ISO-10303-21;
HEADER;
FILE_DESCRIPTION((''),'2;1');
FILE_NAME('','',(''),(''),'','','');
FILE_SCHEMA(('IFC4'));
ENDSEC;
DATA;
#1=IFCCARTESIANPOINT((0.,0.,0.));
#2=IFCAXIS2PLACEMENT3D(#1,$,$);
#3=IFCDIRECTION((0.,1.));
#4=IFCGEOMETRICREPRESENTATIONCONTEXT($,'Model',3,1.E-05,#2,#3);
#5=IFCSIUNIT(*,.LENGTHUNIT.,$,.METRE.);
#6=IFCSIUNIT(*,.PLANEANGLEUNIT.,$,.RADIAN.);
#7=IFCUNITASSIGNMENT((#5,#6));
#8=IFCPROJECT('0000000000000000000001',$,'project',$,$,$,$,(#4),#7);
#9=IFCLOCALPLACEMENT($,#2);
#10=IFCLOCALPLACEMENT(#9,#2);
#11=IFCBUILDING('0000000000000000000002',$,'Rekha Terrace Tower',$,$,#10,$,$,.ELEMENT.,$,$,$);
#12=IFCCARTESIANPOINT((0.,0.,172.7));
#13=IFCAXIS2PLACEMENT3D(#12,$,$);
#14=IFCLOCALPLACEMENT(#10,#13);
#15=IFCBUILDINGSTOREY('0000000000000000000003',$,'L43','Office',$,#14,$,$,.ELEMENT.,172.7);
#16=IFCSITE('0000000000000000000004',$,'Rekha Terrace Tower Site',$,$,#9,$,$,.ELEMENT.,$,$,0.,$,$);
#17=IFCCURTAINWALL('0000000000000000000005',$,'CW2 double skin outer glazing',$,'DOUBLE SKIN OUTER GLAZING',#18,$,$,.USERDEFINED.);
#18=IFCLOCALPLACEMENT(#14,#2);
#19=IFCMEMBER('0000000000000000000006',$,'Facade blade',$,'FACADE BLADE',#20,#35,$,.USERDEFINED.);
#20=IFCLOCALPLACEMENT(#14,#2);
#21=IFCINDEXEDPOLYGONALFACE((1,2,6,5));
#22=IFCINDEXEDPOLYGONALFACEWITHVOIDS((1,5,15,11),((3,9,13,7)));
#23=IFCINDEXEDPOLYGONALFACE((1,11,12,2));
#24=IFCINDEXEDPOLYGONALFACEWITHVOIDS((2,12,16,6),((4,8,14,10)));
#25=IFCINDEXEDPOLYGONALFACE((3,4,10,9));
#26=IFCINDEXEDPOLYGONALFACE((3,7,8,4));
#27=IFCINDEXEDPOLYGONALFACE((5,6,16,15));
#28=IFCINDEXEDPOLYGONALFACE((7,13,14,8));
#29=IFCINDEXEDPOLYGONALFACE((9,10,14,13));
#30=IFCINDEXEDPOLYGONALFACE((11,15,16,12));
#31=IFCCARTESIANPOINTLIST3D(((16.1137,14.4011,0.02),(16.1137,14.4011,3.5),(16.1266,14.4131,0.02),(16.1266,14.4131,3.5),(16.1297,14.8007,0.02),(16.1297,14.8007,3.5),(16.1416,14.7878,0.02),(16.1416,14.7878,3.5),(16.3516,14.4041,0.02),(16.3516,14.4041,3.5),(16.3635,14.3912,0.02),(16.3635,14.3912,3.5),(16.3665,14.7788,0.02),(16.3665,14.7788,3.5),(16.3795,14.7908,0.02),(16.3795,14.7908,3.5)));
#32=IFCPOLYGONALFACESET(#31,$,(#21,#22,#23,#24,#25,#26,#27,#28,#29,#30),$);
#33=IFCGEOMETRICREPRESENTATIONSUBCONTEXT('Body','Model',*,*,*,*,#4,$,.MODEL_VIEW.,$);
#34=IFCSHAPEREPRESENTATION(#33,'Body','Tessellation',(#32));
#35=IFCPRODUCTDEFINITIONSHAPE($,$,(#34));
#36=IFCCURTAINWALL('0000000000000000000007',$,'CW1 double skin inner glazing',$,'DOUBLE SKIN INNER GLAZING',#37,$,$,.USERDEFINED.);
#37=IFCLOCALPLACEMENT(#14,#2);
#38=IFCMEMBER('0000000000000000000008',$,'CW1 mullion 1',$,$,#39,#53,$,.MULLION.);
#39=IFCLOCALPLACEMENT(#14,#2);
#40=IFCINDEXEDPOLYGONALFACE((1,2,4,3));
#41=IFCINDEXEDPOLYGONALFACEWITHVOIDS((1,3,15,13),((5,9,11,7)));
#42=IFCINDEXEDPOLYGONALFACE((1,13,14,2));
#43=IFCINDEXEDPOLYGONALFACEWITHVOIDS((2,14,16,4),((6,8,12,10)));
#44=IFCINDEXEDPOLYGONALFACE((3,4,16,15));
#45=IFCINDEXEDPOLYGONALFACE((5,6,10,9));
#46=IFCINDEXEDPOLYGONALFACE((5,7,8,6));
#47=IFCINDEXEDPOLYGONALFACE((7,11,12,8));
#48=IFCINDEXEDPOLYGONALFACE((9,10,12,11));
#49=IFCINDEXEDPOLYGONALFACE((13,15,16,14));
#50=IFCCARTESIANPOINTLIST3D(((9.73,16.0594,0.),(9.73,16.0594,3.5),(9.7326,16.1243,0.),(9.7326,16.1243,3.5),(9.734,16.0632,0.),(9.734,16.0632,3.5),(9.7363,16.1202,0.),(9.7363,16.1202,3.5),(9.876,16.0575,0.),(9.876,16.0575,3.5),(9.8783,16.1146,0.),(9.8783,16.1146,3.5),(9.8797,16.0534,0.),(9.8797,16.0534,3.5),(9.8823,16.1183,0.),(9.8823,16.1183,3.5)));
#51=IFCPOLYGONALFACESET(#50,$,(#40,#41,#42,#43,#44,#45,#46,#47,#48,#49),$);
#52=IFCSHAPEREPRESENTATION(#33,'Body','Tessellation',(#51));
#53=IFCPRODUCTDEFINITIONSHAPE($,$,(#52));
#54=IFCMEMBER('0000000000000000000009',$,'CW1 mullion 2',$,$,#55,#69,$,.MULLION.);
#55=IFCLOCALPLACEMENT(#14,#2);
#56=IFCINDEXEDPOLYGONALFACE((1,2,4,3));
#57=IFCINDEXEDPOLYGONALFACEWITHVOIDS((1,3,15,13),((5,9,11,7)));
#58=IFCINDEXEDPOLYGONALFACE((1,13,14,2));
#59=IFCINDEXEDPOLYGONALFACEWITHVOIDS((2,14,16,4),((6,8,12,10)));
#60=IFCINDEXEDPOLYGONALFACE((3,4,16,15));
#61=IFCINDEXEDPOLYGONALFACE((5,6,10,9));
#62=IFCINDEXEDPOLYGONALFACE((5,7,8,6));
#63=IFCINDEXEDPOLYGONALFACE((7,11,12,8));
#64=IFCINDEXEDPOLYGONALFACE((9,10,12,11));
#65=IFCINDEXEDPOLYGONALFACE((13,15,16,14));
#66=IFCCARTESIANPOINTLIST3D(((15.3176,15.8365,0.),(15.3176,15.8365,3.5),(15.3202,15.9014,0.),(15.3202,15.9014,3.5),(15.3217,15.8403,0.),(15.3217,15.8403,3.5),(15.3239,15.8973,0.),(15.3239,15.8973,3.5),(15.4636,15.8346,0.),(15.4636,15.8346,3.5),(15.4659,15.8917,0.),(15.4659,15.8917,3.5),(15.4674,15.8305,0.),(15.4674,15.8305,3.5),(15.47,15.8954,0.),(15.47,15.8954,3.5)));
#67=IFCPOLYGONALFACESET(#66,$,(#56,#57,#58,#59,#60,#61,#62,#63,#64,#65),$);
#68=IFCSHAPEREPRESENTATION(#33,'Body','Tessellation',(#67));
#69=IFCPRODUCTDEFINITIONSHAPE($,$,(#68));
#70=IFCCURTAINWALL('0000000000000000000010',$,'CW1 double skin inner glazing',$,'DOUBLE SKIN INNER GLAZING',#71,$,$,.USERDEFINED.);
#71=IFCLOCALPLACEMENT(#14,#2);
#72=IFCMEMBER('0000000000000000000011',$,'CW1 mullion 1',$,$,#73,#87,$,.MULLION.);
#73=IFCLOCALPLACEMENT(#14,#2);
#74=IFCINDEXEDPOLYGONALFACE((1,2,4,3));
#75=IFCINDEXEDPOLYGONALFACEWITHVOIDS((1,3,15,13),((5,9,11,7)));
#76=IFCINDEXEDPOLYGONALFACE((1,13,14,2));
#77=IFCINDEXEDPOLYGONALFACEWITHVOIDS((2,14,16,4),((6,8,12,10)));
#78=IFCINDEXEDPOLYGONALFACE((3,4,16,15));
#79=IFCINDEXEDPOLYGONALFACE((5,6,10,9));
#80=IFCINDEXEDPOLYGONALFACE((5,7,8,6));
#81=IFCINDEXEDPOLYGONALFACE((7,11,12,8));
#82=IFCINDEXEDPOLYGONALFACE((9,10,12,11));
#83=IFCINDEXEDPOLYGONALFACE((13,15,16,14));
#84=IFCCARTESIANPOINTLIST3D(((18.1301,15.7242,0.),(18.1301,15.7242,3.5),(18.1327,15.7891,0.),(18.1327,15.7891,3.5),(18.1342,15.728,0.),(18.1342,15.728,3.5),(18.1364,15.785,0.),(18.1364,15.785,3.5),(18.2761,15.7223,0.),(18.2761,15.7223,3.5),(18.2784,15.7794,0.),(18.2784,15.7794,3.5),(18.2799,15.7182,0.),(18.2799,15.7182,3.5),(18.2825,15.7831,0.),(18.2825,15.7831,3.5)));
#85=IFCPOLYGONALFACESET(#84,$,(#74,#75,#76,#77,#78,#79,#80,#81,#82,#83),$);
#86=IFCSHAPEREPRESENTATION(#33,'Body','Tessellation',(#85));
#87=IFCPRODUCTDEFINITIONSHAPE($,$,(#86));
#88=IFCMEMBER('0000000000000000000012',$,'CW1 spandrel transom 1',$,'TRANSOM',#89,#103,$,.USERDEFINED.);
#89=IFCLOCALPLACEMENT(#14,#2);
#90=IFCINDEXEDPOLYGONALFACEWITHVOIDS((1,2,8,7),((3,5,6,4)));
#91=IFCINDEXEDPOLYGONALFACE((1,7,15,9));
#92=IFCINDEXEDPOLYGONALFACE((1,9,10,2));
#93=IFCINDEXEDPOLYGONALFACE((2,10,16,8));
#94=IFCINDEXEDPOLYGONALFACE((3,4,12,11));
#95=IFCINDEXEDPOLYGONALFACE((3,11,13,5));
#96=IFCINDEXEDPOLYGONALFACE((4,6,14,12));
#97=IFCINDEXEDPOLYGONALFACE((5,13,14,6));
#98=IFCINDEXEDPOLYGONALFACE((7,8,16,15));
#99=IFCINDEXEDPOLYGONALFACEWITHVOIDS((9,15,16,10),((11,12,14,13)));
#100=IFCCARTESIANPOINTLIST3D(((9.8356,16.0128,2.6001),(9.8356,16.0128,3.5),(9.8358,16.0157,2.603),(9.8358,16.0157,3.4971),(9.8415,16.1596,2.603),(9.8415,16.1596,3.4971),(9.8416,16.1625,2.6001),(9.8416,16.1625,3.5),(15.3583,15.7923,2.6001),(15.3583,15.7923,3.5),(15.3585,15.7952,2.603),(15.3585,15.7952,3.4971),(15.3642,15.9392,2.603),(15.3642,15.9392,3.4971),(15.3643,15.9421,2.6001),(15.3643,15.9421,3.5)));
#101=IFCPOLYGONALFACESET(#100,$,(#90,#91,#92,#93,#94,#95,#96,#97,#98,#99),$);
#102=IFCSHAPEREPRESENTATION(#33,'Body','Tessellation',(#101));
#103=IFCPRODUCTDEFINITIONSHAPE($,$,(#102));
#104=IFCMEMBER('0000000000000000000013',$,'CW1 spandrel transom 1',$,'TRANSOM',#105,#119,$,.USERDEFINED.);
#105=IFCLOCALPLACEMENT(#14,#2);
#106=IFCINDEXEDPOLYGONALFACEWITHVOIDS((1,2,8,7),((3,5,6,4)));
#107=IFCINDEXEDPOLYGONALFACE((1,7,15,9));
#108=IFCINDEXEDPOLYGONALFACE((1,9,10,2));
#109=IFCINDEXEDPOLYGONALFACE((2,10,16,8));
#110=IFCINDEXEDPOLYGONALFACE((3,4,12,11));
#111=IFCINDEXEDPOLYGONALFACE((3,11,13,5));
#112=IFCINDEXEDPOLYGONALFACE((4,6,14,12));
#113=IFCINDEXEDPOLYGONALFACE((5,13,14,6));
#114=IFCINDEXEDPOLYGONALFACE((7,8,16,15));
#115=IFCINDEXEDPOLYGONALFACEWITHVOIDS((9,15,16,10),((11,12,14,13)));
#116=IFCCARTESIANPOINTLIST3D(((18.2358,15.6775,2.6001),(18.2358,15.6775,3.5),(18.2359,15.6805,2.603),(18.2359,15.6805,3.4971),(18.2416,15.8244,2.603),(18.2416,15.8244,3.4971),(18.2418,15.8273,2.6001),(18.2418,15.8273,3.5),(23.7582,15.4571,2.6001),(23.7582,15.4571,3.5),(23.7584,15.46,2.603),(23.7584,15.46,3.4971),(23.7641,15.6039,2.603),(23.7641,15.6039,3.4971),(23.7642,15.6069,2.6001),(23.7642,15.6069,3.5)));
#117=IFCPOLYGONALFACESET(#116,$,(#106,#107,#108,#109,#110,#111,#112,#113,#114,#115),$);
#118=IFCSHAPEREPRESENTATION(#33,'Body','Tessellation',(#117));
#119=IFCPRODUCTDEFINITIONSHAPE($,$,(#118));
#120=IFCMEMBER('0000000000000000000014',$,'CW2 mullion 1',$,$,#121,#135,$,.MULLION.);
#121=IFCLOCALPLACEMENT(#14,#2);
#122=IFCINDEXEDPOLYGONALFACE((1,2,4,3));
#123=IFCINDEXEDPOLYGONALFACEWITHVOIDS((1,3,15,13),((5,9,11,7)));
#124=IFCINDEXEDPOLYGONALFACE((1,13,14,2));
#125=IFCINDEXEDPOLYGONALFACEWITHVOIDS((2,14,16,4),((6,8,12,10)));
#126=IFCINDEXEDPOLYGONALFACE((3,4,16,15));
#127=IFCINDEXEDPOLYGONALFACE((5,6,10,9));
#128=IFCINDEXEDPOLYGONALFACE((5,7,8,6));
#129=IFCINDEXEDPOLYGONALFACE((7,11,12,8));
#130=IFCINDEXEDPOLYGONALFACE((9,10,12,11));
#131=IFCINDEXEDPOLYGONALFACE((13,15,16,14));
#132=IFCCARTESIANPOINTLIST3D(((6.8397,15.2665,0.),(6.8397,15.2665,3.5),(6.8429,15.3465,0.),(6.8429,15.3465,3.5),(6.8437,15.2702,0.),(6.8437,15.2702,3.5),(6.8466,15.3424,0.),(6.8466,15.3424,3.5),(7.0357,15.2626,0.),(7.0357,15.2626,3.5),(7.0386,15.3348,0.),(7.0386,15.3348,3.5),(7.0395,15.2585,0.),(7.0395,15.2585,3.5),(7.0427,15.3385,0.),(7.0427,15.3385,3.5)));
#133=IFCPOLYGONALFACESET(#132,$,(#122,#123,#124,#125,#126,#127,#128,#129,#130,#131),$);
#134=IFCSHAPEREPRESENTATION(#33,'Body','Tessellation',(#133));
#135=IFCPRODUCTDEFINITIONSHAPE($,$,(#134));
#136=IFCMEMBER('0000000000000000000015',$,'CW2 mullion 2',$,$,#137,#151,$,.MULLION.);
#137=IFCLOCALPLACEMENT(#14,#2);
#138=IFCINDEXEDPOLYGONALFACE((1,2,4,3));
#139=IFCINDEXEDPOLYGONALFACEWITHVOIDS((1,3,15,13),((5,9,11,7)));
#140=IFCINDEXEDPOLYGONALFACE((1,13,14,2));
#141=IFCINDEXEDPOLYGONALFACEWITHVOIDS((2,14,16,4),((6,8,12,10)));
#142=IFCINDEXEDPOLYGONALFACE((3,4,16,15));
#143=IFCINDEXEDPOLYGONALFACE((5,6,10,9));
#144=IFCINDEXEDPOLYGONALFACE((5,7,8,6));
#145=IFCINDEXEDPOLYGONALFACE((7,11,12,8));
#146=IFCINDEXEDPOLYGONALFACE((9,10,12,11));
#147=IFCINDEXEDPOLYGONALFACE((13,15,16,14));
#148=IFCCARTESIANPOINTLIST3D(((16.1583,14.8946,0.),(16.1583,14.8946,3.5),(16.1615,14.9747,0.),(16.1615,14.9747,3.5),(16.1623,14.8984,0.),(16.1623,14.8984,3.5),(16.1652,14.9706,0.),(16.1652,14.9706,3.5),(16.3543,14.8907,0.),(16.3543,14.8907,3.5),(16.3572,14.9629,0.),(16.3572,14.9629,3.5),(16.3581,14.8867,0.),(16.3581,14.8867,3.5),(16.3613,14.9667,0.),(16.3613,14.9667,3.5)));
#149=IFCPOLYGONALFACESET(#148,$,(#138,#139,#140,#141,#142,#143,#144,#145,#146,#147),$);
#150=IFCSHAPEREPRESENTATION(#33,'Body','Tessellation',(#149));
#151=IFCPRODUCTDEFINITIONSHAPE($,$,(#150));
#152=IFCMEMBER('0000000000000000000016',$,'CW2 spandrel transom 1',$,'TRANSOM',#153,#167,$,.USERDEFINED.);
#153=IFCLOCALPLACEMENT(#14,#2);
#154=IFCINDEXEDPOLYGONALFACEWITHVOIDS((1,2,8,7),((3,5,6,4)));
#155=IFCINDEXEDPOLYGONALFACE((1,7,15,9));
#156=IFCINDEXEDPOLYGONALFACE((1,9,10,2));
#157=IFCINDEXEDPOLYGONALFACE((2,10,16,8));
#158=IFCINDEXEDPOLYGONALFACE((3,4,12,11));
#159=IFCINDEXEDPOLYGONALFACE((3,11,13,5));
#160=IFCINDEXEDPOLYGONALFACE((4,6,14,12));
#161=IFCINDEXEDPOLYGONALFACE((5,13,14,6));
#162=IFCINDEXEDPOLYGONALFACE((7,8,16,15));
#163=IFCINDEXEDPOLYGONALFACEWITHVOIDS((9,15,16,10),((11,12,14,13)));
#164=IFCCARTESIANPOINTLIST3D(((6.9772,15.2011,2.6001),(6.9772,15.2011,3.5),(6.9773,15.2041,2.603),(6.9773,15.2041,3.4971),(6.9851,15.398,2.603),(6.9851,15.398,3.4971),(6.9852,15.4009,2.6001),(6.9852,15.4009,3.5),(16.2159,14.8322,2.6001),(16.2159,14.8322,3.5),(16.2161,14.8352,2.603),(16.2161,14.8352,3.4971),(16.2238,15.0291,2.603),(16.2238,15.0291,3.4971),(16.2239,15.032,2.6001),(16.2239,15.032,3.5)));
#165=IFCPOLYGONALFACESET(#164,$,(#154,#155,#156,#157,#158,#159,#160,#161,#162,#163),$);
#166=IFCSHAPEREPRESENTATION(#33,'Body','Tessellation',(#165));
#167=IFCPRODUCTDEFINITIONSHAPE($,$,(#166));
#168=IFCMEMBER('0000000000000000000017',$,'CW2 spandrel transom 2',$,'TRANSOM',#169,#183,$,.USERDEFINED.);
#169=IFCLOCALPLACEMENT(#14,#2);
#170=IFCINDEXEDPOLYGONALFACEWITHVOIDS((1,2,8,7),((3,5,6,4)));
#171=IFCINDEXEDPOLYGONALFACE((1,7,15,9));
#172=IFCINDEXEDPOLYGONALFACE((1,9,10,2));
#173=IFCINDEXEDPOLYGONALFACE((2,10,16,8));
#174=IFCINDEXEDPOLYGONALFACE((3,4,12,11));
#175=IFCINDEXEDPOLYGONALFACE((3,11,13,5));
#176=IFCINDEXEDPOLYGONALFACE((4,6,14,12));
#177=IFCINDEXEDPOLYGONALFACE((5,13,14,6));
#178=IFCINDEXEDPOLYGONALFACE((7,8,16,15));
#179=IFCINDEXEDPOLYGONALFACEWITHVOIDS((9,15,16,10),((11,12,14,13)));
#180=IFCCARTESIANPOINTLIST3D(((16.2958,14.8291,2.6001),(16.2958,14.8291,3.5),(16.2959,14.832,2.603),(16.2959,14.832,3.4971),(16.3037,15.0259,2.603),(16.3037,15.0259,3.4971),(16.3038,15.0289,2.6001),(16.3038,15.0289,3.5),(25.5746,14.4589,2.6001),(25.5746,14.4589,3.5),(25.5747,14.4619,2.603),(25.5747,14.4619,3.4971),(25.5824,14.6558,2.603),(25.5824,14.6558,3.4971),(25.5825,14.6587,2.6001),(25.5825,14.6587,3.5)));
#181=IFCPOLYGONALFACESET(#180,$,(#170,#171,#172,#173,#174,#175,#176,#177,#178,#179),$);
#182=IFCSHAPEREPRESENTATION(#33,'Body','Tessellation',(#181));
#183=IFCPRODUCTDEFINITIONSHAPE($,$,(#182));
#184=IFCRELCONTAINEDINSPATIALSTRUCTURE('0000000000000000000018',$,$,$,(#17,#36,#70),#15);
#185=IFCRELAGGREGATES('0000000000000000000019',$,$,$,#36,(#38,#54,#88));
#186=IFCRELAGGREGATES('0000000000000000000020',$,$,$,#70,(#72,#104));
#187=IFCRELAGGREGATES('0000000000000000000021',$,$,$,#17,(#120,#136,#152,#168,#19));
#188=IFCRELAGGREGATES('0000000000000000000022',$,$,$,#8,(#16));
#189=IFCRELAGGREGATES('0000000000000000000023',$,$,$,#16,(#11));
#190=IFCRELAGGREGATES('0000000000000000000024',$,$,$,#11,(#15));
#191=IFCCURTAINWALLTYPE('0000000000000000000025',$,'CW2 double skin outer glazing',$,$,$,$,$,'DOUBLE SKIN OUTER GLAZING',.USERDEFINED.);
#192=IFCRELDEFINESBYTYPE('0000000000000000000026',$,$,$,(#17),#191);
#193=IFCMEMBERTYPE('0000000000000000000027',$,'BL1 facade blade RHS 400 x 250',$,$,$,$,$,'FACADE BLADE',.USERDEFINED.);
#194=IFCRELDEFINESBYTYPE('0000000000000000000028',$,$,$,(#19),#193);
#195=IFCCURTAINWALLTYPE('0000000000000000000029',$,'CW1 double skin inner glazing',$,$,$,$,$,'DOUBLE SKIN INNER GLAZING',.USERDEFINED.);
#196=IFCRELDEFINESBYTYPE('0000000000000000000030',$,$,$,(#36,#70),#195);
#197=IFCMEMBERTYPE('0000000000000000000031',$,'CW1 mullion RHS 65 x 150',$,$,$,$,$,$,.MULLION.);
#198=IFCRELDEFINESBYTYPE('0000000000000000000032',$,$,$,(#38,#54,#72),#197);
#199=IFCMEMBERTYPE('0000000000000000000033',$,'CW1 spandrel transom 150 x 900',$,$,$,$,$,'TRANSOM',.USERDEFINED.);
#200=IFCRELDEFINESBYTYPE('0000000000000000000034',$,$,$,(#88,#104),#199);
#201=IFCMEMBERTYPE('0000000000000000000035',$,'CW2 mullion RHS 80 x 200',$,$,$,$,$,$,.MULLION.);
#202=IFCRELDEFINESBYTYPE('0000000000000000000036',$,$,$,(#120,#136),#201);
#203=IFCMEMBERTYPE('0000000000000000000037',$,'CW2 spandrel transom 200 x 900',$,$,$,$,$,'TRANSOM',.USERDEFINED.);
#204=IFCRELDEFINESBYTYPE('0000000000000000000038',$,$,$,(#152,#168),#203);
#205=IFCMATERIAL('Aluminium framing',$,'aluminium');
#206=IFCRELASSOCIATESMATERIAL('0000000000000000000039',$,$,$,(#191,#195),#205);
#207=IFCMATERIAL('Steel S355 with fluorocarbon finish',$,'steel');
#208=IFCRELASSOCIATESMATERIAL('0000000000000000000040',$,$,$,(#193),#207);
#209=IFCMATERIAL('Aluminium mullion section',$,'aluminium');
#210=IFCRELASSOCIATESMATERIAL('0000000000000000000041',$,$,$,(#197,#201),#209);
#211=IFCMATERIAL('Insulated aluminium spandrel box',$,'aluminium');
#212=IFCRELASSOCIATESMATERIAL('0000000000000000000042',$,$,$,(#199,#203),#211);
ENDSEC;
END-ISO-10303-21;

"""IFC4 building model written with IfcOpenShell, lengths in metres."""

from ifc_helpers import new_model, si_unit, direction, frame, origin, origin_2d, place, context, subcontext, project, spatial, hollow_rectangle, extrude, material, material_profile, profile_set, type_object, element, aggregate, save


model = new_model("IFC4")

# Units and contexts
model_context = context("Model", 3, precision=1e-05, world=origin(), true_north=direction((0.0, 1.0)))
body_context = subcontext(model_context, "Body", "Model", "MODEL_VIEW")
ifc_project = project(units=[si_unit("LENGTHUNIT", "METRE"), si_unit("PLANEANGLEUNIT", "RADIAN")], contexts=[model_context])

# Site, building, storey
site_placement = place(None, origin())
site = spatial("IfcSite", under=ifc_project, at=site_placement, Name="Rekha Terrace Tower Site", CompositionType="ELEMENT", RefElevation=0.0)
building_placement = place(site_placement, origin())
building = spatial("IfcBuilding", under=site, at=building_placement, Name="Rekha Terrace Tower", CompositionType="ELEMENT")
storey_placement = place(building_placement, frame((0.0, 0.0, 172.7)))
storey = spatial("IfcBuildingStorey", under=building, at=storey_placement, Name="L43", Description="Office", CompositionType="ELEMENT", Elevation=172.7)

# Curtain wall, member
ifc_material_1 = material(Name="Aluminium framing", Category="aluminium")
curtain_wall_type_1 = type_object("IfcCurtainWallType", Name="CW2 double skin outer glazing", ElementType="DOUBLE SKIN OUTER GLAZING", PredefinedType="USERDEFINED", material=ifc_material_1)
curtain_wall_1_placement = place(storey_placement, origin())
curtain_wall_1 = element("IfcCurtainWall", 1, at=curtain_wall_1_placement, inside=storey, type_object=curtain_wall_type_1, Name="CW2 double skin outer glazing", ObjectType="DOUBLE SKIN OUTER GLAZING", PredefinedType="USERDEFINED")
ifc_material_2 = material(Name="Steel S355 with fluorocarbon finish", Category="steel")
ifc_material_profile_1 = material_profile(ifc_material_2, hollow_rectangle(XDim=0.25, YDim=0.3999, WallThickness=0.0125, at=origin_2d()), Name="RHS400x250x12.5")
ifc_profile_set_1 = profile_set([ifc_material_profile_1], Name="Steel S355 with fluorocarbon finish")
member_type_1 = type_object("IfcMemberType", Name="BL1 facade blade RHS 400 x 250", ElementType="FACADE BLADE", PredefinedType="USERDEFINED", material=ifc_profile_set_1)
member_1_placement = place(storey_placement, frame((16.2466, 14.5959, 0.02), z_axis=(0.0, 0.0, 1.0), x_axis=(0.999205, -0.039872, 0.0)))
member_1 = element("IfcMember", 2, at=member_1_placement, type_object=member_type_1, Name="Facade blade", ObjectType="FACADE BLADE", PredefinedType="USERDEFINED", context=body_context, shape_type="SweptSolid", body=[
    extrude(hollow_rectangle(XDim=0.25, YDim=0.3999, WallThickness=0.0125, at=origin_2d()), origin(), (0.0, 0.0, 1.0), 3.48),
])

# Curtain wall, members
curtain_wall_type_2 = type_object("IfcCurtainWallType", Name="CW1 double skin inner glazing", ElementType="DOUBLE SKIN INNER GLAZING", PredefinedType="USERDEFINED", material=ifc_material_1)
curtain_wall_2_placement = place(storey_placement, origin())
curtain_wall_2 = element("IfcCurtainWall", 3, at=curtain_wall_2_placement, inside=storey, type_object=curtain_wall_type_2, Name="CW1 double skin inner glazing", ObjectType="DOUBLE SKIN INNER GLAZING", PredefinedType="USERDEFINED")
ifc_material_3 = material(Name="Aluminium mullion section", Category="aluminium")
ifc_material_profile_2 = material_profile(ifc_material_3, hollow_rectangle(XDim=0.0649, YDim=0.1499, WallThickness=0.0039, at=origin_2d()), Name="AL RHS 65x150")
ifc_profile_set_2 = profile_set([ifc_material_profile_2], Name="Aluminium mullion section")
member_type_2 = type_object("IfcMemberType", Name="CW1 mullion RHS 65 x 150", PredefinedType="MULLION", material=ifc_profile_set_2)
member_2_placement = place(storey_placement, frame((9.8062, 16.0889, 0.0), z_axis=(0.0, 0.0, 1.0), x_axis=(0.039872, 0.999205, 0.0)))
member_2 = element("IfcMember", 4, at=member_2_placement, type_object=member_type_2, Name="CW1 mullion 1", PredefinedType="MULLION", context=body_context, shape_type="SweptSolid", body=[
    extrude(hollow_rectangle(XDim=0.0649, YDim=0.1499, WallThickness=0.0039, at=origin_2d()), origin(), (0.0, 0.0, 1.0), 3.5),
])
member_3_placement = place(storey_placement, frame((15.3938, 15.866, 0.0), z_axis=(0.0, 0.0, 1.0), x_axis=(0.039872, 0.999205, 0.0)))
member_3 = element("IfcMember", 5, at=member_3_placement, type_object=member_type_2, Name="CW1 mullion 2", PredefinedType="MULLION", context=body_context, shape_type="SweptSolid", body=[
    extrude(hollow_rectangle(XDim=0.0649, YDim=0.1499, WallThickness=0.0039, at=origin_2d()), origin(), (0.0, 0.0, 1.0), 3.5),
])

# Curtain wall, member
curtain_wall_3_placement = place(storey_placement, origin())
curtain_wall_3 = element("IfcCurtainWall", 6, at=curtain_wall_3_placement, inside=storey, type_object=curtain_wall_type_2, Name="CW1 double skin inner glazing", ObjectType="DOUBLE SKIN INNER GLAZING", PredefinedType="USERDEFINED")
member_4_placement = place(storey_placement, frame((18.2063, 15.7537, 0.0), z_axis=(0.0, 0.0, 1.0), x_axis=(0.039872, 0.999205, 0.0)))
member_4 = element("IfcMember", 7, at=member_4_placement, type_object=member_type_2, Name="CW1 mullion 1", PredefinedType="MULLION", context=body_context, shape_type="SweptSolid", body=[
    extrude(hollow_rectangle(XDim=0.0649, YDim=0.1499, WallThickness=0.0039, at=origin_2d()), origin(), (0.0, 0.0, 1.0), 3.5),
])

# Members
ifc_material_4 = material(Name="Insulated aluminium spandrel box", Category="aluminium")
ifc_material_profile_3 = material_profile(ifc_material_4, hollow_rectangle(XDim=0.1499, YDim=0.8999, WallThickness=0.0029, at=origin_2d()), Name="AL SPANDREL BOX 150x900")
ifc_profile_set_3 = profile_set([ifc_material_profile_3], Name="Insulated aluminium spandrel box")
member_type_3 = type_object("IfcMemberType", Name="CW1 spandrel transom 150 x 900", ElementType="TRANSOM", PredefinedType="USERDEFINED", material=ifc_profile_set_3)
member_5_placement = place(storey_placement, frame((9.8386, 16.0876, 3.05), z_axis=(0.999204, -0.039887, 0.0), x_axis=(0.039887, 0.999204, 0.0)))
member_5 = element("IfcMember", 8, at=member_5_placement, type_object=member_type_3, Name="CW1 spandrel transom 1", ObjectType="TRANSOM", PredefinedType="USERDEFINED", context=body_context, shape_type="SweptSolid", body=[
    extrude(hollow_rectangle(XDim=0.1499, YDim=0.8999, WallThickness=0.0029, at=origin_2d()), origin(), (0.0, 0.0, 1.0), 5.5271),
])
member_6_placement = place(storey_placement, frame((18.2388, 15.7524, 3.05), z_axis=(0.999204, -0.039889, 0.0), x_axis=(0.039889, 0.999204, 0.0)))
member_6 = element("IfcMember", 9, at=member_6_placement, type_object=member_type_3, Name="CW1 spandrel transom 1", ObjectType="TRANSOM", PredefinedType="USERDEFINED", context=body_context, shape_type="SweptSolid", body=[
    extrude(hollow_rectangle(XDim=0.1499, YDim=0.8999, WallThickness=0.0029, at=origin_2d()), origin(), (0.0, 0.0, 1.0), 5.5269),
])
ifc_material_profile_4 = material_profile(ifc_material_3, hollow_rectangle(XDim=0.0801, YDim=0.2, WallThickness=0.0039, at=origin_2d()), Name="AL RHS 80x200")
ifc_profile_set_4 = profile_set([ifc_material_profile_4], Name="Aluminium mullion section")
member_type_4 = type_object("IfcMemberType", Name="CW2 mullion RHS 80 x 200", PredefinedType="MULLION", material=ifc_profile_set_4)
member_7_placement = place(storey_placement, frame((6.9412, 15.3025, 0.0), z_axis=(0.0, 0.0, 1.0), x_axis=(0.039872, 0.999205, 0.0)))
member_7 = element("IfcMember", 10, at=member_7_placement, type_object=member_type_4, Name="CW2 mullion 1", PredefinedType="MULLION", context=body_context, shape_type="SweptSolid", body=[
    extrude(hollow_rectangle(XDim=0.0801, YDim=0.2, WallThickness=0.0039, at=origin_2d()), origin(), (0.0, 0.0, 1.0), 3.5),
])
member_8_placement = place(storey_placement, frame((16.2598, 14.9307, 0.0), z_axis=(0.0, 0.0, 1.0), x_axis=(0.039872, 0.999205, 0.0)))
member_8 = element("IfcMember", 11, at=member_8_placement, type_object=member_type_4, Name="CW2 mullion 2", PredefinedType="MULLION", context=body_context, shape_type="SweptSolid", body=[
    extrude(hollow_rectangle(XDim=0.0801, YDim=0.2, WallThickness=0.0039, at=origin_2d()), origin(), (0.0, 0.0, 1.0), 3.5),
])
ifc_material_profile_5 = material_profile(ifc_material_4, hollow_rectangle(XDim=0.2, YDim=0.8999, WallThickness=0.0029, at=origin_2d()), Name="AL SPANDREL BOX 200x900")
ifc_profile_set_5 = profile_set([ifc_material_profile_5], Name="Insulated aluminium spandrel box")
member_type_5 = type_object("IfcMemberType", Name="CW2 spandrel transom 200 x 900", ElementType="TRANSOM", PredefinedType="USERDEFINED", material=ifc_profile_set_5)
member_9_placement = place(storey_placement, frame((6.9812, 15.301, 3.05), z_axis=(0.999204, -0.039897, 0.0), x_axis=(0.039897, 0.999204, 0.0)))
member_9 = element("IfcMember", 12, at=member_9_placement, type_object=member_type_5, Name="CW2 spandrel transom 1", ObjectType="TRANSOM", PredefinedType="USERDEFINED", context=body_context, shape_type="SweptSolid", body=[
    extrude(hollow_rectangle(XDim=0.2, YDim=0.8999, WallThickness=0.0029, at=origin_2d()), origin(), (0.0, 0.0, 1.0), 9.2461),
])
member_10_placement = place(storey_placement, frame((16.2998, 14.929, 3.05), z_axis=(0.999205, -0.039857, 0.0), x_axis=(0.039857, 0.999205, 0.0)))
member_10 = element("IfcMember", 13, at=member_10_placement, type_object=member_type_5, Name="CW2 spandrel transom 2", ObjectType="TRANSOM", PredefinedType="USERDEFINED", context=body_context, shape_type="SweptSolid", body=[
    extrude(hollow_rectangle(XDim=0.2, YDim=0.8999, WallThickness=0.0029, at=origin_2d()), origin(), (0.0, 0.0, 1.0), 9.2861),
])

aggregate(curtain_wall_2, [member_2, member_3, member_5])
aggregate(curtain_wall_3, [member_4, member_6])
aggregate(curtain_wall_1, [member_7, member_8, member_9, member_10, member_1])

save(model, "model.ifc")
